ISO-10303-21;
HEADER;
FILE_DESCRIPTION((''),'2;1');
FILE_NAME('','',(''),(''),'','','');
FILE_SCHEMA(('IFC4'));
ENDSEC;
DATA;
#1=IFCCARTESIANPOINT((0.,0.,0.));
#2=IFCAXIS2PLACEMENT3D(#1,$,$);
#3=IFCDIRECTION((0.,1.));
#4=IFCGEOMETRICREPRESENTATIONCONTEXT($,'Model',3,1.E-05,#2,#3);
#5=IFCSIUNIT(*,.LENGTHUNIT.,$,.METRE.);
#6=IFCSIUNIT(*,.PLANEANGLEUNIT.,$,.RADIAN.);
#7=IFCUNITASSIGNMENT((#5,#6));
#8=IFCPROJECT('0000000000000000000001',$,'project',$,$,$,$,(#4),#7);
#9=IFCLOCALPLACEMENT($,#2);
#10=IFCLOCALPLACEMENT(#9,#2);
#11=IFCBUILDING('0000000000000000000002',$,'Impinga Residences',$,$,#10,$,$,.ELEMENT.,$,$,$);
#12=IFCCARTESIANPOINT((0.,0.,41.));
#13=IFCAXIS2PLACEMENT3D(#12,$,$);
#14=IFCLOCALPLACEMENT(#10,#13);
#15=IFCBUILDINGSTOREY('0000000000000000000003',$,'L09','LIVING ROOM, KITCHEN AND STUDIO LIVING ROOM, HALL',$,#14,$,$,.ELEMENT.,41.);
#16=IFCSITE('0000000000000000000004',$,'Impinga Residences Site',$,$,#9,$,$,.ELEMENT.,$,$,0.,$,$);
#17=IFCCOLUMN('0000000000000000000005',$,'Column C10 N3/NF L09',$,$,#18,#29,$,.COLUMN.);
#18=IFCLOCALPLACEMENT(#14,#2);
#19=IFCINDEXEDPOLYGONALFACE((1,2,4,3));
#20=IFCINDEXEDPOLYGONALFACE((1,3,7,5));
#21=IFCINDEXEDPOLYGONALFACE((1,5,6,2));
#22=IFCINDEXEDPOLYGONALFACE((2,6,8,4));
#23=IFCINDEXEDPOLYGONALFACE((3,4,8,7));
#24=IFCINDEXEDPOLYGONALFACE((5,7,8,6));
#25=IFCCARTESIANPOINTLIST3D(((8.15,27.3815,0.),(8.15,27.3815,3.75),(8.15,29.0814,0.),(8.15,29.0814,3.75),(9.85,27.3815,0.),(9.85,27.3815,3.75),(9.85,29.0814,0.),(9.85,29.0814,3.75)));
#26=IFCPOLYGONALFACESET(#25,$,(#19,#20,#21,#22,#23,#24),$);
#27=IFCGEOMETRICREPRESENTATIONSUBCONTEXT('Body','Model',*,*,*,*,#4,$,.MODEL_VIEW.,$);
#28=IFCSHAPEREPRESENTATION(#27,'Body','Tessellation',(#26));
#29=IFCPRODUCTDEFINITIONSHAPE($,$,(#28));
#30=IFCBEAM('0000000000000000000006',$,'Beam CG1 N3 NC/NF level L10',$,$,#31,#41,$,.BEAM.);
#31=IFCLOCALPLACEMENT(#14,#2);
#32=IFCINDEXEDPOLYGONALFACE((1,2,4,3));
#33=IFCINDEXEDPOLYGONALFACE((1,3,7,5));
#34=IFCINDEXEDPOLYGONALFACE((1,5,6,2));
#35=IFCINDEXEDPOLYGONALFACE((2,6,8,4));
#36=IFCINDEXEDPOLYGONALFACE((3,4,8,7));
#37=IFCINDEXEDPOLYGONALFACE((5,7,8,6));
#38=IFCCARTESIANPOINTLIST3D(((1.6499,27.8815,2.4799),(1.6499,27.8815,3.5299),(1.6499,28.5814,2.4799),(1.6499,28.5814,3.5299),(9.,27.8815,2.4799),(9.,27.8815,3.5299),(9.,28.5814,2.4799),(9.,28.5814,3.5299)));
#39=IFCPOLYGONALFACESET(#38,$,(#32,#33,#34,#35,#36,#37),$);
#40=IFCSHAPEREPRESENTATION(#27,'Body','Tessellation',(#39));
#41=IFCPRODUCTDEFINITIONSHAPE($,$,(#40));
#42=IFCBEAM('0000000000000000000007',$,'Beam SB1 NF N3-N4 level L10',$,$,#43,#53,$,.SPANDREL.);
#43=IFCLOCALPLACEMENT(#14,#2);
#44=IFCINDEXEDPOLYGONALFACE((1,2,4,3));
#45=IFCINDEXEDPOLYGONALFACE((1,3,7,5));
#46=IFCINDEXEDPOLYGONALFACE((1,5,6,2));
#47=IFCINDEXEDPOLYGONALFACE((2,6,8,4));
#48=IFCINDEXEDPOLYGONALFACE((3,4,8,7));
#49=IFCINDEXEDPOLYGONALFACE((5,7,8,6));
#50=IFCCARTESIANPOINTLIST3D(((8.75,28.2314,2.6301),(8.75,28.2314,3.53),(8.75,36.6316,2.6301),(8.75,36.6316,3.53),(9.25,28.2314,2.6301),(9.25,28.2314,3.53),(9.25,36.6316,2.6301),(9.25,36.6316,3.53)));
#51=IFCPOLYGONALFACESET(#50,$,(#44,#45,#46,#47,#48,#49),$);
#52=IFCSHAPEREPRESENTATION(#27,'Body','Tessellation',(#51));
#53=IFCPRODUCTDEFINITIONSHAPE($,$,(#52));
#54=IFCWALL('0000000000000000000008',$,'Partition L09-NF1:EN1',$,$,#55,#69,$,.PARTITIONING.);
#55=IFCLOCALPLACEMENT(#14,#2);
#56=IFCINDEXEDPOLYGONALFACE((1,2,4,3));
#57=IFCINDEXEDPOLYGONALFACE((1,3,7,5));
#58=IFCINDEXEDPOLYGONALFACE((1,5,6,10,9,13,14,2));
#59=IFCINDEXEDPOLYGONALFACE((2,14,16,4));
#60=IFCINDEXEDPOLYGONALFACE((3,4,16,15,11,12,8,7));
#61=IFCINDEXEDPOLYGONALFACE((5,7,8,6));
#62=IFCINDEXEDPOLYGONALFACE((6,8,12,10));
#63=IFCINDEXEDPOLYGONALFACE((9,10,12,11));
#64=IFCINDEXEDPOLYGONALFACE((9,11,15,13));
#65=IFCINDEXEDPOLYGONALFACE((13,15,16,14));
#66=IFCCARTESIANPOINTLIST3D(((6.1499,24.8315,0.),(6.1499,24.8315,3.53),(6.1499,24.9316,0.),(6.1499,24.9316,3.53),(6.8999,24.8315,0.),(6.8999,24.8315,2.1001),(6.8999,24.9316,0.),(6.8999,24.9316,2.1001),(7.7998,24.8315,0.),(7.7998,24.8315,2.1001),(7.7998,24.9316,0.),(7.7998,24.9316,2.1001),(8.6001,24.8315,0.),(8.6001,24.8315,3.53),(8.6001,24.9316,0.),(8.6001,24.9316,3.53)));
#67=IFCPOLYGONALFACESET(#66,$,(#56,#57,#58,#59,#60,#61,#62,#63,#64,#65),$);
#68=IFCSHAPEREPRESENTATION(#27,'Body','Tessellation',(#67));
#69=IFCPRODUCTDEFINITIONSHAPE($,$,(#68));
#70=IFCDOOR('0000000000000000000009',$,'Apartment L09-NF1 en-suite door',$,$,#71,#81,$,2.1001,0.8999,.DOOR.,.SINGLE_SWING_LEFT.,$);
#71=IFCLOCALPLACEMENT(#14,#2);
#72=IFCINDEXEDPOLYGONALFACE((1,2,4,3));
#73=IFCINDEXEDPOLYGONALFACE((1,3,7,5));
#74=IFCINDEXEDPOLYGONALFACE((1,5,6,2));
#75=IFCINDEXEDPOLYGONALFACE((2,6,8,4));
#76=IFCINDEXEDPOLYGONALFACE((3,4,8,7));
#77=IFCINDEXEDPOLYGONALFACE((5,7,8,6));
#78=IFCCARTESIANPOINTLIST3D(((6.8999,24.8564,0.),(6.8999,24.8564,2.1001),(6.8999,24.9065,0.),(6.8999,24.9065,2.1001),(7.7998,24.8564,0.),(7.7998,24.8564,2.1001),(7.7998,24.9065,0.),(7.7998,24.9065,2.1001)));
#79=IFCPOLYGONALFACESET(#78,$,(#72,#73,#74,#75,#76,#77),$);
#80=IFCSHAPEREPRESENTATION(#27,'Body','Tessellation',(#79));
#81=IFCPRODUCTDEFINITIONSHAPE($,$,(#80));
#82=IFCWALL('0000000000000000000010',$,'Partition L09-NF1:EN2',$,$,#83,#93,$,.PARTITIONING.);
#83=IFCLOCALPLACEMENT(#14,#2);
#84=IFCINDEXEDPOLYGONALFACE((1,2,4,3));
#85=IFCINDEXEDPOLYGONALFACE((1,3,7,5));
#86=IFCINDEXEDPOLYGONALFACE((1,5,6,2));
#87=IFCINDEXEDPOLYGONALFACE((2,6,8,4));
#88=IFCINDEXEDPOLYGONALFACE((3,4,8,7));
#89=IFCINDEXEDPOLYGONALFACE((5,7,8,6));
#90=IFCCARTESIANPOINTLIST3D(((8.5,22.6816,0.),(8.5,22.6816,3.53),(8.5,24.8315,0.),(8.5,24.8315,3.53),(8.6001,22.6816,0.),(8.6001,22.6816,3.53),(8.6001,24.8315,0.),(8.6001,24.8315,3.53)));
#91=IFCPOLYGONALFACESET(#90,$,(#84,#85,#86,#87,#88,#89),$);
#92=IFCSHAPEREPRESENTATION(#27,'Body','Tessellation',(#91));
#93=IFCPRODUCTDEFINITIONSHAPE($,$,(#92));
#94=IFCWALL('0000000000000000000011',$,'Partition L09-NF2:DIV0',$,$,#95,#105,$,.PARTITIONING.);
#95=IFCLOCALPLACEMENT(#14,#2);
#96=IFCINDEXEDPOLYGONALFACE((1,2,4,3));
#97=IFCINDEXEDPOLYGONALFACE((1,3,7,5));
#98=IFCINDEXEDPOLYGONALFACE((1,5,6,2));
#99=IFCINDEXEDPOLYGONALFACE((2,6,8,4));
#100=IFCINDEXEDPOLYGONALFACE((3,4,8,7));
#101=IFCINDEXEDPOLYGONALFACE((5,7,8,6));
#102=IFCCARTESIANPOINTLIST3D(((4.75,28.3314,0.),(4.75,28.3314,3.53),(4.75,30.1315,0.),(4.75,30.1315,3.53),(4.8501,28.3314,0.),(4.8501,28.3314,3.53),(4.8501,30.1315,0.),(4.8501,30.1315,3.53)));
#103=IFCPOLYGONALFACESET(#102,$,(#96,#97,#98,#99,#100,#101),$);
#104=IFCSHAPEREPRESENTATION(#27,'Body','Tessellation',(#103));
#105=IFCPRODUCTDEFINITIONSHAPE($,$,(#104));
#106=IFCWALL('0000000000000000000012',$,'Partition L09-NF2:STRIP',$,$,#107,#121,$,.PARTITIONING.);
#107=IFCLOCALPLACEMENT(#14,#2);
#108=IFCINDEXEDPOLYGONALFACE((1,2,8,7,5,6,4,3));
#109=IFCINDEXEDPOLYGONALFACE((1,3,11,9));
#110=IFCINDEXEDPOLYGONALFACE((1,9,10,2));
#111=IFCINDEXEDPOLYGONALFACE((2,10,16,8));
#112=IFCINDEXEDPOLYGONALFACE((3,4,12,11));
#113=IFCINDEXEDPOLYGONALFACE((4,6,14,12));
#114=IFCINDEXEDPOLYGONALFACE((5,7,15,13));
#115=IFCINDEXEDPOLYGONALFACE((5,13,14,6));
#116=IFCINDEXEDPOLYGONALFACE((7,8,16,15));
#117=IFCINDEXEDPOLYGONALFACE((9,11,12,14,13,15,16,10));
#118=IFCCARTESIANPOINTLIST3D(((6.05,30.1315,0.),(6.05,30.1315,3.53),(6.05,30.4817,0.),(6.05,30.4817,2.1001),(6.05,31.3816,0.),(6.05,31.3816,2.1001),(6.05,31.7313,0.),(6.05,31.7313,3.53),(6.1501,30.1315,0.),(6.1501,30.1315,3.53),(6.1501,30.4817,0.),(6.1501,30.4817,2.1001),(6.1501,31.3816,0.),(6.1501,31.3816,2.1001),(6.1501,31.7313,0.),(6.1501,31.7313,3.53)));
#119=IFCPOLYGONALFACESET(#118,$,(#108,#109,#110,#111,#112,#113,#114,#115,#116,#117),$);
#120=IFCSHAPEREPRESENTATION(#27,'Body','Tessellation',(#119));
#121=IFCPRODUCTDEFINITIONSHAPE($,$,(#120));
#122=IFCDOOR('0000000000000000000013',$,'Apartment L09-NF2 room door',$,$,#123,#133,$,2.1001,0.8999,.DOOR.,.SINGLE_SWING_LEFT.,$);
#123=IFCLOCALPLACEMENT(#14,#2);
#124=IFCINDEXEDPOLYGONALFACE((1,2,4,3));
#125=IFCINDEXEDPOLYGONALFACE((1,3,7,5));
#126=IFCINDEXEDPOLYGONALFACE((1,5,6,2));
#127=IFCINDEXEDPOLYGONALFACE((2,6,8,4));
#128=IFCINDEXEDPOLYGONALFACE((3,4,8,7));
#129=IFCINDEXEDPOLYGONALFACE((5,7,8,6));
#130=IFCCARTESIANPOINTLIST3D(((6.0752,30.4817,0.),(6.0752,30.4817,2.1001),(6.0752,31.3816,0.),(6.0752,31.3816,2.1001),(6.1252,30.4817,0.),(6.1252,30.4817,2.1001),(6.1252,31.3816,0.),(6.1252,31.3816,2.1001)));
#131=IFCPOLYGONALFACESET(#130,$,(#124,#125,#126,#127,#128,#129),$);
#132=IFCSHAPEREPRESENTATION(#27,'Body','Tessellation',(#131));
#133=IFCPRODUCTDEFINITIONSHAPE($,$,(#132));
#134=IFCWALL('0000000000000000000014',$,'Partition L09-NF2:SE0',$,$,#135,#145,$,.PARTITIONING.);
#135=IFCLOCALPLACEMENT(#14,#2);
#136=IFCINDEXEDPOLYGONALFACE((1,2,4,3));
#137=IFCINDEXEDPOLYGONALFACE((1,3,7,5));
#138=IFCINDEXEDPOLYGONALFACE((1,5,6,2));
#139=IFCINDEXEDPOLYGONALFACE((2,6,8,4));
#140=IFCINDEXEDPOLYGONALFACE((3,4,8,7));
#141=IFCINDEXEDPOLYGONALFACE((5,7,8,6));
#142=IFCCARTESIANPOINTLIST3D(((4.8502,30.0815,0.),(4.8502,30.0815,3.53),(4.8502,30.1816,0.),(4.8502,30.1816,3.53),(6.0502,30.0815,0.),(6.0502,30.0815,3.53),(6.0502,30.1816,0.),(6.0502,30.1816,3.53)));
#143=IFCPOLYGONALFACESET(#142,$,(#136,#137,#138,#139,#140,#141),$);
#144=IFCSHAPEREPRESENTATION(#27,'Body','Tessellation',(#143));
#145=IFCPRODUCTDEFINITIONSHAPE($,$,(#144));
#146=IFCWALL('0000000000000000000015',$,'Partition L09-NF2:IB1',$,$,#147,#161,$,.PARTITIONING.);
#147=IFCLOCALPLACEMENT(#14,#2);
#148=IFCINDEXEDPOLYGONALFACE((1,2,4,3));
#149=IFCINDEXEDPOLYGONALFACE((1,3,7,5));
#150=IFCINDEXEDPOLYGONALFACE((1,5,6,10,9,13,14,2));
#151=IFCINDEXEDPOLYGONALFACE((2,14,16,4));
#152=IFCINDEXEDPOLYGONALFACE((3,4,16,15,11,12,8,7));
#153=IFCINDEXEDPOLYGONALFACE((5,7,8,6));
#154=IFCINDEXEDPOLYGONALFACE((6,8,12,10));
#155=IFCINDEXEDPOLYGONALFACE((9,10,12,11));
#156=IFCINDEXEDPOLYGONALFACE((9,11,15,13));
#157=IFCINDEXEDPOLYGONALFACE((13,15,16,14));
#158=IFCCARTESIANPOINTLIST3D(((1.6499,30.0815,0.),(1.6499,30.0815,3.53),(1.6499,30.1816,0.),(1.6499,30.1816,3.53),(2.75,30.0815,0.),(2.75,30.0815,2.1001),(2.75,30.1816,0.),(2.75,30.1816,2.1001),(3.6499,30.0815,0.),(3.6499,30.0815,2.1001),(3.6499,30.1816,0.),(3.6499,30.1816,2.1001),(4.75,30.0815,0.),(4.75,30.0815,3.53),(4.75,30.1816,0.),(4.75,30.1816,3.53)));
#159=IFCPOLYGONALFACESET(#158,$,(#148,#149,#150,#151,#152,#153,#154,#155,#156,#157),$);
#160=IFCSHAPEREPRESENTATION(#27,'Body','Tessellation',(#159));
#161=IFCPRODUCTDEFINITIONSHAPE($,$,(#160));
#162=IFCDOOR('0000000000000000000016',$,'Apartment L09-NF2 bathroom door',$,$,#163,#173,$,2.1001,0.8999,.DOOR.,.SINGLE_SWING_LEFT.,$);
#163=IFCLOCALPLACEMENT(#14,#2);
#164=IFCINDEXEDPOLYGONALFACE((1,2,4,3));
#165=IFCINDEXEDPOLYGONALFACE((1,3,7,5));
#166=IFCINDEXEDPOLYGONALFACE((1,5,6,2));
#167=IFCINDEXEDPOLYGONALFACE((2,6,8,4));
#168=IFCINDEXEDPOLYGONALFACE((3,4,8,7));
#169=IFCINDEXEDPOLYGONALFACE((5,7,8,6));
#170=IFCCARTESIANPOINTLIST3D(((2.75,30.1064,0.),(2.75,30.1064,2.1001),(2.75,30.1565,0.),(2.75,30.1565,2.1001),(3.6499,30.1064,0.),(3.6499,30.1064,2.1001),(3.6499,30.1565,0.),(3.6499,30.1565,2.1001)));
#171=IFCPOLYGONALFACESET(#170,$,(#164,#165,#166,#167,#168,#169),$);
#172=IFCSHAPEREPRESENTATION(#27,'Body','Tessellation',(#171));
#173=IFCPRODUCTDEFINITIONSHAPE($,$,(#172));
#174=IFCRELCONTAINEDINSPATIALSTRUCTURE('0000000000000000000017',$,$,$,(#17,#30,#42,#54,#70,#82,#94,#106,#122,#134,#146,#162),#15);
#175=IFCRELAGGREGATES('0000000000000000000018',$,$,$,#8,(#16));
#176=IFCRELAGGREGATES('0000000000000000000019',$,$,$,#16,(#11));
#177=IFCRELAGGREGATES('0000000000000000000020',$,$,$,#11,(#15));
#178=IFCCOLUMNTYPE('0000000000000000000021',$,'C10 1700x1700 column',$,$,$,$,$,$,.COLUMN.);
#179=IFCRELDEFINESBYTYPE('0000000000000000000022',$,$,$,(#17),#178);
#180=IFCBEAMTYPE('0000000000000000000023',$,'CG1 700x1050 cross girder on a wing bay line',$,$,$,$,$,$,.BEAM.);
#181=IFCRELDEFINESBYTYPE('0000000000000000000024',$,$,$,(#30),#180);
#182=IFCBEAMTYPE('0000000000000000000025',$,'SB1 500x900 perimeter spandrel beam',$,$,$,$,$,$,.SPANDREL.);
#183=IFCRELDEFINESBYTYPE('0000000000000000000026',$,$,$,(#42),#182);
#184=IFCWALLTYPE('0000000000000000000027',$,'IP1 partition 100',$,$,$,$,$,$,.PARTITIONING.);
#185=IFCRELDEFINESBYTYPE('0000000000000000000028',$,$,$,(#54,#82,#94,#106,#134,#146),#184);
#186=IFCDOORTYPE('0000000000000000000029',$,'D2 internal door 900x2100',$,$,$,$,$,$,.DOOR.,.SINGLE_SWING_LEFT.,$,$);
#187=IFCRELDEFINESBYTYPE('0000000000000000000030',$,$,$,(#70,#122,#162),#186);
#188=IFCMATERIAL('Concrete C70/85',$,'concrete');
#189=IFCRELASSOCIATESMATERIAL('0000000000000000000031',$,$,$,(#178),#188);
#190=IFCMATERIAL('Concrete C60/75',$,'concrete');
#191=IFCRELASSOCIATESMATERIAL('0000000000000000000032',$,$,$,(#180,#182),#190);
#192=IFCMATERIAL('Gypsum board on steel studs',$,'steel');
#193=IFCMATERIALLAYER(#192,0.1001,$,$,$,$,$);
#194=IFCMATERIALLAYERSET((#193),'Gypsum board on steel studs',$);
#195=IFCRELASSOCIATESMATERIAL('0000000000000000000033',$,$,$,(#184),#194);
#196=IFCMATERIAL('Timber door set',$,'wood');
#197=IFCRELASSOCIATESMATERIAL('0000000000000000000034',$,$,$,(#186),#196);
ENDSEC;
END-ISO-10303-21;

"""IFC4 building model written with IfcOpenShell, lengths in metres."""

from ifc_helpers import new_model, si_unit, direction, frame, frame_2d, origin, origin_2d, place, context, subcontext, project, spatial, rectangle, extrude, material, layer, layer_set, material_profile, profile_set, type_object, element, fill, save


model = new_model("IFC4")

# Units and contexts
model_context = context("Model", 3, precision=1e-05, world=origin(), true_north=direction((0.0, 1.0)))
body_context = subcontext(model_context, "Body", "Model", "MODEL_VIEW")
ifc_project = project(units=[si_unit("LENGTHUNIT", "METRE"), si_unit("PLANEANGLEUNIT", "RADIAN")], contexts=[model_context])

# Site, building, storey
site_placement = place(None, origin())
site = spatial("IfcSite", under=ifc_project, at=site_placement, Name="Impinga Residences Site", CompositionType="ELEMENT", RefElevation=0.0)
building_placement = place(site_placement, origin())
building = spatial("IfcBuilding", under=site, at=building_placement, Name="Impinga Residences", CompositionType="ELEMENT")
storey_placement = place(building_placement, frame((0.0, 0.0, 41.0)))
storey = spatial("IfcBuildingStorey", under=building, at=storey_placement, Name="L09", Description="LIVING ROOM, KITCHEN AND STUDIO LIVING ROOM, HALL", CompositionType="ELEMENT", Elevation=41.0)

# Column
ifc_material_1 = material(Name="Concrete C70/85", Category="concrete")
ifc_material_profile_1 = material_profile(ifc_material_1, rectangle(XDim=1.7, YDim=1.7, at=origin_2d()), Name="RC 1700x1700")
ifc_profile_set_1 = profile_set([ifc_material_profile_1], Name="Concrete C70/85")
column_type = type_object("IfcColumnType", Name="C10 1700x1700 column", PredefinedType="COLUMN", material=ifc_profile_set_1)
column_placement = place(storey_placement, frame((9.0, 28.2314, 0.0), z_axis=(0.0, 0.0, 1.0), x_axis=(1.0, 0.0, 0.0)))
element("IfcColumn", 1, at=column_placement, inside=storey, type_object=column_type, Name="Column C10 N3/NF L09", PredefinedType="COLUMN", context=body_context, shape_type="SweptSolid", body=[
    extrude(rectangle(XDim=1.7, YDim=1.7, at=origin_2d()), origin(), (0.0, 0.0, 1.0), 3.75),
])

# Beams
ifc_material_2 = material(Name="Concrete C60/75", Category="concrete")
ifc_material_profile_2 = material_profile(ifc_material_2, rectangle(XDim=0.7, YDim=1.05, at=origin_2d()), Name="RC 700x1050")
ifc_profile_set_2 = profile_set([ifc_material_profile_2], Name="Concrete C60/75")
beam_type_1 = type_object("IfcBeamType", Name="CG1 700x1050 cross girder on a wing bay line", PredefinedType="BEAM", material=ifc_profile_set_2)
beam_1_placement = place(storey_placement, frame((1.6499, 28.2314, 3.0049), z_axis=(1.0, 0.0, 0.0), x_axis=(0.0, 1.0, 0.0)))
element("IfcBeam", 2, at=beam_1_placement, inside=storey, type_object=beam_type_1, Name="Beam CG1 N3 NC/NF level L10", PredefinedType="BEAM", context=body_context, shape_type="SweptSolid", body=[
    extrude(rectangle(XDim=0.7, YDim=1.05, at=origin_2d()), origin(), (0.0, 0.0, 1.0), 7.3501),
])
ifc_material_profile_3 = material_profile(ifc_material_2, rectangle(XDim=0.5, YDim=0.8999, at=origin_2d()), Name="RC 500x900")
ifc_profile_set_3 = profile_set([ifc_material_profile_3], Name="Concrete C60/75")
beam_type_2 = type_object("IfcBeamType", Name="SB1 500x900 perimeter spandrel beam", PredefinedType="SPANDREL", material=ifc_profile_set_3)
beam_2_placement = place(storey_placement, frame((9.0, 28.2314, 3.0801), z_axis=(0.0, 1.0, 0.0), x_axis=(-1.0, 0.0, 0.0)))
element("IfcBeam", 3, at=beam_2_placement, inside=storey, type_object=beam_type_2, Name="Beam SB1 NF N3-N4 level L10", PredefinedType="SPANDREL", context=body_context, shape_type="SweptSolid", body=[
    extrude(rectangle(XDim=0.5, YDim=0.8999, at=origin_2d()), origin(), (0.0, 0.0, 1.0), 8.4001),
])

# Wall, opening, door
ifc_material_3 = material(Name="Gypsum board on steel studs", Category="steel")
ifc_layer_1 = layer(ifc_material_3, 0.1001)
ifc_layer_set_1 = layer_set([ifc_layer_1], Name="Gypsum board on steel studs")
wall_type_1 = type_object("IfcWallType", Name="IP1 partition 100", PredefinedType="PARTITIONING", material=ifc_layer_set_1)
wall_1_placement = place(storey_placement, frame((6.1499, 24.8816, 0.0), z_axis=(0.0, 0.0, 1.0), x_axis=(1.0, 0.0, 0.0)))
wall_1 = element("IfcWall", 4, at=wall_1_placement, inside=storey, type_object=wall_type_1, Name="Partition L09-NF1:EN1", PredefinedType="PARTITIONING", context=body_context, shape_type="SweptSolid", body=[
    extrude(rectangle(XDim=2.4502, YDim=0.1001, at=frame_2d((1.2251, 0.0))), origin(), (0.0, 0.0, 1.0), 3.53),
])
opening_1_placement = place(wall_1_placement, frame((0.75, 0.0, 0.0)))
opening_1 = element("IfcOpeningElement", 5, at=opening_1_placement, cuts=wall_1, PredefinedType="OPENING", context=body_context, shape_type="SweptSolid", body=[
    extrude(rectangle(XDim=0.8999, YDim=2.1001, at=frame_2d((0.45, 1.05))), frame((0.0, 0.0601, 0.0), z_axis=(0.0, -1.0, 0.0), x_axis=(1.0, 0.0, 0.0)), (0.0, 0.0, 1.0), 0.1201),
])
ifc_material_4 = material(Name="Timber door set", Category="wood")
door_type = type_object("IfcDoorType", Name="D2 internal door 900x2100", OperationType="SINGLE_SWING_LEFT", PredefinedType="DOOR", material=ifc_material_4)
door_1_placement = place(opening_1_placement, origin())
door_1 = element("IfcDoor", 6, at=door_1_placement, inside=storey, type_object=door_type, Name="Apartment L09-NF1 en-suite door", OperationType="SINGLE_SWING_LEFT", OverallHeight=2.1001, OverallWidth=0.8999, PredefinedType="DOOR", context=body_context, shape_type="SweptSolid", body=[
    extrude(rectangle(XDim=0.8999, YDim=2.1001, at=frame_2d((0.45, 1.05))), frame((0.0, 0.0249, 0.0), z_axis=(0.0, -1.0, 0.0), x_axis=(1.0, 0.0, 0.0)), (0.0, 0.0, 1.0), 0.05),
])
fill(opening_1, door_1)

# Walls
wall_2_placement = place(storey_placement, frame((8.55, 22.6816, 0.0), z_axis=(0.0, 0.0, 1.0), x_axis=(0.0, 1.0, 0.0)))
element("IfcWall", 7, at=wall_2_placement, inside=storey, type_object=wall_type_1, Name="Partition L09-NF1:EN2", PredefinedType="PARTITIONING", context=body_context, shape_type="SweptSolid", body=[
    extrude(rectangle(XDim=2.1499, YDim=0.1001, at=frame_2d((1.075, 0.0))), origin(), (0.0, 0.0, 1.0), 3.53),
])
wall_3_placement = place(storey_placement, frame((4.8, 28.3315, 0.0), z_axis=(0.0, 0.0, 1.0), x_axis=(0.0, 1.0, 0.0)))
element("IfcWall", 8, at=wall_3_placement, inside=storey, type_object=wall_type_1, Name="Partition L09-NF2:DIV0", PredefinedType="PARTITIONING", context=body_context, shape_type="SweptSolid", body=[
    extrude(rectangle(XDim=1.8, YDim=0.1001, at=frame_2d((0.8999, 0.0))), origin(), (0.0, 0.0, 1.0), 3.53),
])

# Wall, opening, door
wall_4_placement = place(storey_placement, frame((6.1001, 30.1316, 0.0), z_axis=(0.0, 0.0, 1.0), x_axis=(0.0, 1.0, 0.0)))
wall_4 = element("IfcWall", 9, at=wall_4_placement, inside=storey, type_object=wall_type_1, Name="Partition L09-NF2:STRIP", PredefinedType="PARTITIONING", context=body_context, shape_type="SweptSolid", body=[
    extrude(rectangle(XDim=1.5999, YDim=0.1001, at=frame_2d((0.7998, 0.0))), origin(), (0.0, 0.0, 1.0), 3.53),
])
opening_2_placement = place(wall_4_placement, frame((0.3501, 0.0, 0.0)))
opening_2 = element("IfcOpeningElement", 10, at=opening_2_placement, cuts=wall_4, PredefinedType="OPENING", context=body_context, shape_type="SweptSolid", body=[
    extrude(rectangle(XDim=0.8999, YDim=2.1001, at=frame_2d((0.45, 1.05))), frame((0.0, 0.0601, 0.0), z_axis=(0.0, -1.0, 0.0), x_axis=(1.0, 0.0, 0.0)), (0.0, 0.0, 1.0), 0.1201),
])
door_2_placement = place(opening_2_placement, origin())
door_2 = element("IfcDoor", 11, at=door_2_placement, inside=storey, type_object=door_type, Name="Apartment L09-NF2 room door", OperationType="SINGLE_SWING_LEFT", OverallHeight=2.1001, OverallWidth=0.8999, PredefinedType="DOOR", context=body_context, shape_type="SweptSolid", body=[
    extrude(rectangle(XDim=0.8999, YDim=2.1001, at=frame_2d((0.45, 1.05))), frame((0.0, 0.0249, 0.0), z_axis=(0.0, -1.0, 0.0), x_axis=(1.0, 0.0, 0.0)), (0.0, 0.0, 1.0), 0.05),
])
fill(opening_2, door_2)

# Wall
wall_5_placement = place(storey_placement, frame((4.8501, 30.1316, 0.0), z_axis=(0.0, 0.0, 1.0), x_axis=(1.0, 0.0, 0.0)))
element("IfcWall", 12, at=wall_5_placement, inside=storey, type_object=wall_type_1, Name="Partition L09-NF2:SE0", PredefinedType="PARTITIONING", context=body_context, shape_type="SweptSolid", body=[
    extrude(rectangle(XDim=1.2, YDim=0.1001, at=frame_2d((0.6001, 0.0))), origin(), (0.0, 0.0, 1.0), 3.53),
])

# Wall, opening, door
wall_6_placement = place(storey_placement, frame((1.6499, 30.1316, 0.0), z_axis=(0.0, 0.0, 1.0), x_axis=(1.0, 0.0, 0.0)))
wall_6 = element("IfcWall", 13, at=wall_6_placement, inside=storey, type_object=wall_type_1, Name="Partition L09-NF2:IB1", PredefinedType="PARTITIONING", context=body_context, shape_type="SweptSolid", body=[
    extrude(rectangle(XDim=3.1001, YDim=0.1001, at=frame_2d((1.55, 0.0))), origin(), (0.0, 0.0, 1.0), 3.53),
])
opening_3_placement = place(wall_6_placement, frame((1.1001, 0.0, 0.0)))
opening_3 = element("IfcOpeningElement", 14, at=opening_3_placement, cuts=wall_6, PredefinedType="OPENING", context=body_context, shape_type="SweptSolid", body=[
    extrude(rectangle(XDim=0.8999, YDim=2.1001, at=frame_2d((0.45, 1.05))), frame((0.0, 0.0601, 0.0), z_axis=(0.0, -1.0, 0.0), x_axis=(1.0, 0.0, 0.0)), (0.0, 0.0, 1.0), 0.1201),
])
door_3_placement = place(opening_3_placement, origin())
door_3 = element("IfcDoor", 15, at=door_3_placement, inside=storey, type_object=door_type, Name="Apartment L09-NF2 bathroom door", OperationType="SINGLE_SWING_LEFT", OverallHeight=2.1001, OverallWidth=0.8999, PredefinedType="DOOR", context=body_context, shape_type="SweptSolid", body=[
    extrude(rectangle(XDim=0.8999, YDim=2.1001, at=frame_2d((0.45, 1.05))), frame((0.0, 0.0249, 0.0), z_axis=(0.0, -1.0, 0.0), x_axis=(1.0, 0.0, 0.0)), (0.0, 0.0, 1.0), 0.05),
])
fill(opening_3, door_3)

save(model, "model.ifc")
